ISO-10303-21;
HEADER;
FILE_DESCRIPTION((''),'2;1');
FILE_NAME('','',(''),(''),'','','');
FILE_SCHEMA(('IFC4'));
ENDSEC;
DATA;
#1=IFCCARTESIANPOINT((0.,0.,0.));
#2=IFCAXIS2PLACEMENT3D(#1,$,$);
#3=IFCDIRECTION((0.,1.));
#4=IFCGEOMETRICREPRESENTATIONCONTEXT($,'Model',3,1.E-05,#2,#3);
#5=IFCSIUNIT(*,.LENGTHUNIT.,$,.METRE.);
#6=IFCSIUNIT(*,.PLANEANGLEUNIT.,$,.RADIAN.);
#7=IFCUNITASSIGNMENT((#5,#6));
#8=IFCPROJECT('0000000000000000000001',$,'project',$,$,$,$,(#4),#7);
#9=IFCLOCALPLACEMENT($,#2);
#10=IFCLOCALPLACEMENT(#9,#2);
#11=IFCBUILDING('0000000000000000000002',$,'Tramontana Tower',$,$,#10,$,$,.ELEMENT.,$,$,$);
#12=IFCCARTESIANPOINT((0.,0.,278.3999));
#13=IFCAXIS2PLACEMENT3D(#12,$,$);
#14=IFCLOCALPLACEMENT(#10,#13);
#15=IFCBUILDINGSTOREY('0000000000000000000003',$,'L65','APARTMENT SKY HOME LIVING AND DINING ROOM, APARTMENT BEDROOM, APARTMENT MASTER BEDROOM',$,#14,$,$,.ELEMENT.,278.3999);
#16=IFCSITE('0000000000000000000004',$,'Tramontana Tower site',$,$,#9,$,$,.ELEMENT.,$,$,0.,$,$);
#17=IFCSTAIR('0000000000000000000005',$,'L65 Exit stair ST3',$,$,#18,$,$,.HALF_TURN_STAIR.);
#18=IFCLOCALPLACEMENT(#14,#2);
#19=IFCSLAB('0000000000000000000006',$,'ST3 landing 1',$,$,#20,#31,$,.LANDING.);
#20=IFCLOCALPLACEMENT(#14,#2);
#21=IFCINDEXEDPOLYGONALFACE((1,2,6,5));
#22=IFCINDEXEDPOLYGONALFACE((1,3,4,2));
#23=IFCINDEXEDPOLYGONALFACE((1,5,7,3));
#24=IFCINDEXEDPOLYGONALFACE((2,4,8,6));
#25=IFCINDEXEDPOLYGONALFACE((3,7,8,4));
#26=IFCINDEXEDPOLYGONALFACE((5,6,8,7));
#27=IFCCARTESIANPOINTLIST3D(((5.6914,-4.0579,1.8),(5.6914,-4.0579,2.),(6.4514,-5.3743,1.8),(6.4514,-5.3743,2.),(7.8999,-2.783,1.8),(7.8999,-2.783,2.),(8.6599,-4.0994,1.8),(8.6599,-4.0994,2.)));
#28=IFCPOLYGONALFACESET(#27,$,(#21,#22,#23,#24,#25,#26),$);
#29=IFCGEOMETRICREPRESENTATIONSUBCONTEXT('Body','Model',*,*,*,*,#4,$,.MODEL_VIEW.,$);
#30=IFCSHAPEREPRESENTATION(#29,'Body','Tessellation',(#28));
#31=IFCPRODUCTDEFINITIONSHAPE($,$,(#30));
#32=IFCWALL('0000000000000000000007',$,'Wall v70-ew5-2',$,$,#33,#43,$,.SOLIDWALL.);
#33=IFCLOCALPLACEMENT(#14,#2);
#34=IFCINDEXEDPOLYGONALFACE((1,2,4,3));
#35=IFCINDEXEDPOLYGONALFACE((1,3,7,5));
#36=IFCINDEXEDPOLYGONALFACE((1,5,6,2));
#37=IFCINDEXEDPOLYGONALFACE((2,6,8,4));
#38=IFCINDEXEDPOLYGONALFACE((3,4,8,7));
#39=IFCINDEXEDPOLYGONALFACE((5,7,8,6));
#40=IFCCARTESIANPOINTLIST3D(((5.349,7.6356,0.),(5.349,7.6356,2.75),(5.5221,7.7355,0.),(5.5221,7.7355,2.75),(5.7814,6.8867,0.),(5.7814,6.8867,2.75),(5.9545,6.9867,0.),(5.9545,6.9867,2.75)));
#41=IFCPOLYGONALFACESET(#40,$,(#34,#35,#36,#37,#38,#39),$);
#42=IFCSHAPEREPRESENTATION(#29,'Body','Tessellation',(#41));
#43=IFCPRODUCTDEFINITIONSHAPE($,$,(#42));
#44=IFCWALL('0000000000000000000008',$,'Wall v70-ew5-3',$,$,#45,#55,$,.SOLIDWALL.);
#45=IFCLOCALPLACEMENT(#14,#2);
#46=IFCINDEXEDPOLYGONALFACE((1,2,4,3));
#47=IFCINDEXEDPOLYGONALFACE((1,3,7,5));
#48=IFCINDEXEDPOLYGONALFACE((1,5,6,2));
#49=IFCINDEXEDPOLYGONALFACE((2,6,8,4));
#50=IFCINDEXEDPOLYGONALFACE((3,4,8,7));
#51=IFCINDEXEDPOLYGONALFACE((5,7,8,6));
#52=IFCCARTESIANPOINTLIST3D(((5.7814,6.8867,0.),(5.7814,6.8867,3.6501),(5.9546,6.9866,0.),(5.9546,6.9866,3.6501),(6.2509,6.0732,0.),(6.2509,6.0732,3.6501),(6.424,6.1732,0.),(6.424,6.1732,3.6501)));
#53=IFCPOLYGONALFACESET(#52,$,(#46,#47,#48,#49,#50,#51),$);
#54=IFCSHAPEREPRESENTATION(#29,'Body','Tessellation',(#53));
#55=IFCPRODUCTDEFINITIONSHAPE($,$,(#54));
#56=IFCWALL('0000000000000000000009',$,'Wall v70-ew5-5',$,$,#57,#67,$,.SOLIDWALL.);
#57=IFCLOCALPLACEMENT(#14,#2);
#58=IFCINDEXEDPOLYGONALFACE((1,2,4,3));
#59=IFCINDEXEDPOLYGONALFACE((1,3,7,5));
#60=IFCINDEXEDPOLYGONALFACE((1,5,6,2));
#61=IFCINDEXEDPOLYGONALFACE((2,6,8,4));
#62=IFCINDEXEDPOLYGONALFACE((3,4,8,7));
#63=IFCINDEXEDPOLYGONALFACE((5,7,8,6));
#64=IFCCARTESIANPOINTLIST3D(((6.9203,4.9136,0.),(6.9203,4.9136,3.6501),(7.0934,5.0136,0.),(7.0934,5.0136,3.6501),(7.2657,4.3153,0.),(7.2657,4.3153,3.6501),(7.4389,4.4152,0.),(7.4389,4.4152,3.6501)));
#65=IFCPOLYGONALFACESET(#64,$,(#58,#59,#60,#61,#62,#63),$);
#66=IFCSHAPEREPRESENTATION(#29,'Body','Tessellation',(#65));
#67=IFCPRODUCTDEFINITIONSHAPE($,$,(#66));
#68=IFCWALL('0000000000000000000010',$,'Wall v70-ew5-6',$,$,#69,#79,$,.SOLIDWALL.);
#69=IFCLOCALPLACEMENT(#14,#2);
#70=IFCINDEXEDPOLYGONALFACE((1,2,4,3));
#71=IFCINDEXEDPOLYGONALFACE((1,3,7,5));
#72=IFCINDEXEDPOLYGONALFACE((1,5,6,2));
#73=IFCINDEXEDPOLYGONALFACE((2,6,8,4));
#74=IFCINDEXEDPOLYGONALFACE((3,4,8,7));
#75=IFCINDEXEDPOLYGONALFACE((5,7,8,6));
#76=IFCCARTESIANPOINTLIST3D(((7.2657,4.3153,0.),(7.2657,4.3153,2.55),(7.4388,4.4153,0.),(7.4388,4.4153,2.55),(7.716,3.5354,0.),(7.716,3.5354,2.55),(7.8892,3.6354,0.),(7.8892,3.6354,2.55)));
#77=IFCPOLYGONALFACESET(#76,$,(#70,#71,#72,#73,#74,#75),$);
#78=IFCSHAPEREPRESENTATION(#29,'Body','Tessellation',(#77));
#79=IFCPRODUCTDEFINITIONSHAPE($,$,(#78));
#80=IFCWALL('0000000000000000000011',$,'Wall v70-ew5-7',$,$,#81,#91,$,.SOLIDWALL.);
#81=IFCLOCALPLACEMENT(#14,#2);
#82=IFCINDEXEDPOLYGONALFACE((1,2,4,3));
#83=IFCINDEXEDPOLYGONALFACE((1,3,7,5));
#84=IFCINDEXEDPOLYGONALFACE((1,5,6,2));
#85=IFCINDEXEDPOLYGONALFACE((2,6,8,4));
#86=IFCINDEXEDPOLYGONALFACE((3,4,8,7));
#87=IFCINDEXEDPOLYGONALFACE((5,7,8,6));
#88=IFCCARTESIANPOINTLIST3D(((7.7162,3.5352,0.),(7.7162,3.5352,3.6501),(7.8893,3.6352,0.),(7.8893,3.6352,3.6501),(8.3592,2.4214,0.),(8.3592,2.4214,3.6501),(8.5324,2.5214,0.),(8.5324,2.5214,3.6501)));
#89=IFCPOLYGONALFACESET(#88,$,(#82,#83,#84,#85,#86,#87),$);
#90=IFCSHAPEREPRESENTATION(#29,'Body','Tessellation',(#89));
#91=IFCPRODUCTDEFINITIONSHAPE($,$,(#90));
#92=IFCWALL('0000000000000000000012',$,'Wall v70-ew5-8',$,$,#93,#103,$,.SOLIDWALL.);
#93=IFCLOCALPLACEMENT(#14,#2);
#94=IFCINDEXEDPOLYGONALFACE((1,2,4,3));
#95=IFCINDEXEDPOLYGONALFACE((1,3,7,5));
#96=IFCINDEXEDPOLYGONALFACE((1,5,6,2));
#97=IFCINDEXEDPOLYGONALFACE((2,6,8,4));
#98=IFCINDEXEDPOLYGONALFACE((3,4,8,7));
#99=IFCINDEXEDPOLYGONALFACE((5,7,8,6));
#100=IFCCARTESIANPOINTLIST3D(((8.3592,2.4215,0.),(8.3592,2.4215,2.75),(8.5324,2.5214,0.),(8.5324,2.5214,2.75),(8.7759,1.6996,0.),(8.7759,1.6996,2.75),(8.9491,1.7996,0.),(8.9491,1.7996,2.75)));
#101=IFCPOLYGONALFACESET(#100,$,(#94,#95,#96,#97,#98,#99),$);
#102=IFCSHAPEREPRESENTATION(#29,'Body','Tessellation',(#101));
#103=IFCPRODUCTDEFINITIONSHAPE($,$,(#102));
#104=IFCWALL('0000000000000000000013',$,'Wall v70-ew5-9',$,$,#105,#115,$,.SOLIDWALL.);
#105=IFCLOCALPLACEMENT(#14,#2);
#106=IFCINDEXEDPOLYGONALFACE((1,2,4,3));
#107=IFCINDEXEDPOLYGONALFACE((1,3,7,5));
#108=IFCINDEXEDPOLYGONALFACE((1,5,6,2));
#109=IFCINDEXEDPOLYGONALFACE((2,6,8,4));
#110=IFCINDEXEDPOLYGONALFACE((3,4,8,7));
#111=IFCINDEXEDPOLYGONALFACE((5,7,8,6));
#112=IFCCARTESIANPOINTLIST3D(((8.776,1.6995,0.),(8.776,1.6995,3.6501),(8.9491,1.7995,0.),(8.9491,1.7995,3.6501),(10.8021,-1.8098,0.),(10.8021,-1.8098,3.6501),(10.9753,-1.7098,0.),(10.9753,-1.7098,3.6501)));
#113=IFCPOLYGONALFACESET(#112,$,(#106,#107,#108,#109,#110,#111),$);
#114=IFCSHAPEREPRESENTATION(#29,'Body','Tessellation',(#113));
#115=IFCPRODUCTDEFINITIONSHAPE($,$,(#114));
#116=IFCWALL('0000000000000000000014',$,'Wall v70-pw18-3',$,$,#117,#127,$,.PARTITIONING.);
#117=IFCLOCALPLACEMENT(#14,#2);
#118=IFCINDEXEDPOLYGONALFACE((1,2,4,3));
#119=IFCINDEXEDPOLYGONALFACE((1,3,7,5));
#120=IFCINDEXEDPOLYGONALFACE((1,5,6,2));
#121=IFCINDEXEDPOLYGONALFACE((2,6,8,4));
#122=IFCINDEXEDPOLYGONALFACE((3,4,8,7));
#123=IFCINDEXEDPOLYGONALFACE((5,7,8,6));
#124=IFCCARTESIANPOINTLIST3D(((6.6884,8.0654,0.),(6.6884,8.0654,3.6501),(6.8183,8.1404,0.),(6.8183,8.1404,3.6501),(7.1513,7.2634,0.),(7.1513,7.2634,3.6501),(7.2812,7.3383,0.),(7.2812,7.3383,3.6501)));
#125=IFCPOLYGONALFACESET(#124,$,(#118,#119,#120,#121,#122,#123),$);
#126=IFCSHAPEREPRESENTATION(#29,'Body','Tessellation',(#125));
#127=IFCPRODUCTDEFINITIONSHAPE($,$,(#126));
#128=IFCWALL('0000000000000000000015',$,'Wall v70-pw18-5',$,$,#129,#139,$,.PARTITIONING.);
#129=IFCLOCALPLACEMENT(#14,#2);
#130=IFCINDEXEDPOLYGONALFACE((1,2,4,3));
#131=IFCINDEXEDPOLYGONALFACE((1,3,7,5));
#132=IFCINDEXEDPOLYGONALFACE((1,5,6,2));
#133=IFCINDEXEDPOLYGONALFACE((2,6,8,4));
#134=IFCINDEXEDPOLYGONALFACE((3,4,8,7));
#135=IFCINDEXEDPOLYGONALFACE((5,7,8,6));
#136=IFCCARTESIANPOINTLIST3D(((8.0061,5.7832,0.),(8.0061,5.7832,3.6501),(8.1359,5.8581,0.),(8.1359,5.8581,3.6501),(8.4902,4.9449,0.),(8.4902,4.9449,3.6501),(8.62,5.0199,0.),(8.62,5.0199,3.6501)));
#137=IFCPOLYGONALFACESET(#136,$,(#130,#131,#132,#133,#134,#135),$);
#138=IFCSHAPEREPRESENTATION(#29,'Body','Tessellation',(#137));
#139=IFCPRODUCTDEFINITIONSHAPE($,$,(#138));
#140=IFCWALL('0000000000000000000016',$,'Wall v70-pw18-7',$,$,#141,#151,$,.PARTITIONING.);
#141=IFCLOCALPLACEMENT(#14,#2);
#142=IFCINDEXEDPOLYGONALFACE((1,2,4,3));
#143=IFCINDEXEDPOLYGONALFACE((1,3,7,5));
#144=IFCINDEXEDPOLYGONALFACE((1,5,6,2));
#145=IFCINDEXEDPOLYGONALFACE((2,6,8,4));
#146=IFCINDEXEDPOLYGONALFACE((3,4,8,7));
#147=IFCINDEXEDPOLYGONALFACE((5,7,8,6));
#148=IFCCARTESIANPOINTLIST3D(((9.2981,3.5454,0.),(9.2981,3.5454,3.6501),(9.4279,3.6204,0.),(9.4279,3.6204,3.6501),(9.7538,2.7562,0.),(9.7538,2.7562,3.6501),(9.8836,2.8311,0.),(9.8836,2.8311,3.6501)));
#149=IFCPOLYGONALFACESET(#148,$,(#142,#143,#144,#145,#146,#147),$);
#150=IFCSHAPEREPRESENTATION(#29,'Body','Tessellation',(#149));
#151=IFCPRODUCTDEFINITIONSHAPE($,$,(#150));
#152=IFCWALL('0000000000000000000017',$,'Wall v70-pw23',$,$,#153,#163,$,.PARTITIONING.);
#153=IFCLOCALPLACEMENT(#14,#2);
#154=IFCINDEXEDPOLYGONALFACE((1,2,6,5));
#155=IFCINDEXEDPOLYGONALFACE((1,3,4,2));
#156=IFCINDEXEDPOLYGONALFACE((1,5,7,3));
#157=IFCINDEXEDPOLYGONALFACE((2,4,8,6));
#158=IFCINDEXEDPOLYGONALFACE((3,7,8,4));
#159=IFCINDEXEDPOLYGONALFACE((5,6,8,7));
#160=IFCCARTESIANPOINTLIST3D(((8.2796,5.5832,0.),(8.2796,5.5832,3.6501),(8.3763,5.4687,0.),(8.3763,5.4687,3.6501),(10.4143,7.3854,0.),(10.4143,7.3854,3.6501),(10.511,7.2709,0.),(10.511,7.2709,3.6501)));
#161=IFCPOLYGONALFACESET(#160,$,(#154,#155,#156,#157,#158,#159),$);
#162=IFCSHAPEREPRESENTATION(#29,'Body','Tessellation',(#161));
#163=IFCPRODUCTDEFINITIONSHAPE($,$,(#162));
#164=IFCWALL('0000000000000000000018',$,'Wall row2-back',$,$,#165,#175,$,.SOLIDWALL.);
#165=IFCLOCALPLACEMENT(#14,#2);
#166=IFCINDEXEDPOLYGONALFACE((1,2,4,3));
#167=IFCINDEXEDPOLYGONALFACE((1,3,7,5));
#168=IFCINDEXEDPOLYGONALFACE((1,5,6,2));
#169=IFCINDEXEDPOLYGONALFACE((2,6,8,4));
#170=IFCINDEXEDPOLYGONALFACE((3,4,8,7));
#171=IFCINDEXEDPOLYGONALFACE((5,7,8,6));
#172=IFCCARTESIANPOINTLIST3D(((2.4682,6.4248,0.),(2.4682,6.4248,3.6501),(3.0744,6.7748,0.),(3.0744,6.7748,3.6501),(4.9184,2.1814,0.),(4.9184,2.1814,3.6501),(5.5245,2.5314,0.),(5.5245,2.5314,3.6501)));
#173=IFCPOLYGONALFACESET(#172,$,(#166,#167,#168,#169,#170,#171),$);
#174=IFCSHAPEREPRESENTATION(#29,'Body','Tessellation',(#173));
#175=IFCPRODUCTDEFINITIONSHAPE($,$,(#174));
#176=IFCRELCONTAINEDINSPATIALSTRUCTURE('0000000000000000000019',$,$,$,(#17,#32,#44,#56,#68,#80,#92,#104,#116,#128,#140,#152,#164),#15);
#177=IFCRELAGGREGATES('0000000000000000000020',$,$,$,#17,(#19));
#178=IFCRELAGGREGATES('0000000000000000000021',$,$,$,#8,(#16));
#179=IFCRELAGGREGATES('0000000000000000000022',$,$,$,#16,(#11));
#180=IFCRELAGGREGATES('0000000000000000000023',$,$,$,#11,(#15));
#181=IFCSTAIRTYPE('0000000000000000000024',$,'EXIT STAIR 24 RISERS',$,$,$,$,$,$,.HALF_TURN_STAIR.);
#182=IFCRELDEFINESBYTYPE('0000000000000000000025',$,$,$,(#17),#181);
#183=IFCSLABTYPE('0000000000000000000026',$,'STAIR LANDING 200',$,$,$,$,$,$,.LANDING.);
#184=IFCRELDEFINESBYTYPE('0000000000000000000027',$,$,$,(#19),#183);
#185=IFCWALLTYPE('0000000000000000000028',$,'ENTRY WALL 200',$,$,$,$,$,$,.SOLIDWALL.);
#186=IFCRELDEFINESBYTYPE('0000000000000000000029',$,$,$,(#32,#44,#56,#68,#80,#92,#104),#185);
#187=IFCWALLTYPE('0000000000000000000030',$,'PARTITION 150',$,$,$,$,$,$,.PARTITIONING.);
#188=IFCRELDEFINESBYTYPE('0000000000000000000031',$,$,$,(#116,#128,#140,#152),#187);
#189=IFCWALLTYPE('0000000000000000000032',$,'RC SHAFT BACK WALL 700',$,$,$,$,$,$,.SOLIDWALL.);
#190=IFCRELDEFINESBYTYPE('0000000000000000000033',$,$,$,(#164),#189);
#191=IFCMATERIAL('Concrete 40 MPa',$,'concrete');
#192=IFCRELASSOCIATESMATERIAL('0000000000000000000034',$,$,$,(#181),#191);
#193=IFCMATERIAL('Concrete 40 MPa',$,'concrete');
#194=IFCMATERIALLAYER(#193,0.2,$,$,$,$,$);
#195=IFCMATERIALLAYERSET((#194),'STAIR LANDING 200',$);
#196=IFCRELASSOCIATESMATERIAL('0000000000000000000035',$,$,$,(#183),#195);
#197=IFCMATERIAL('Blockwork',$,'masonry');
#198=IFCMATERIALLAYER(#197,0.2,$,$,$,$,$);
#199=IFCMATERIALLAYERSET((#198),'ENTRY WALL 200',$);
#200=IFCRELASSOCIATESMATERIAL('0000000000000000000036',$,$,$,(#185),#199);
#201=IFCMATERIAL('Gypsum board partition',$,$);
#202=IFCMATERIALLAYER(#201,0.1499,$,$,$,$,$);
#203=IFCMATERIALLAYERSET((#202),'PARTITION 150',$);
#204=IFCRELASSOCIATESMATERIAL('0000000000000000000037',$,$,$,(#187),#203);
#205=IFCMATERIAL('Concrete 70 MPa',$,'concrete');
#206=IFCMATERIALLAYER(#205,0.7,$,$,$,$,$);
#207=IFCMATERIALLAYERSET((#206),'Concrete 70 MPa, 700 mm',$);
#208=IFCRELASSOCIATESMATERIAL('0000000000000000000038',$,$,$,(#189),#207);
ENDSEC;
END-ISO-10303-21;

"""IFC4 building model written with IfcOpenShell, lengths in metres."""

from ifc_helpers import new_model, si_unit, direction, frame, frame_2d, origin, place, context, subcontext, project, spatial, polyline, rectangle, outline, extrude, material, layer, layer_set, type_object, element, aggregate, save


model = new_model("IFC4")

# Units and contexts
model_context = context("Model", 3, precision=1e-05, world=origin(), true_north=direction((0.0, 1.0)))
body_context = subcontext(model_context, "Body", "Model", "MODEL_VIEW")
ifc_project = project(units=[si_unit("LENGTHUNIT", "METRE"), si_unit("PLANEANGLEUNIT", "RADIAN")], contexts=[model_context])

# Site, building, storey
site_placement = place(None, origin())
site = spatial("IfcSite", under=ifc_project, at=site_placement, Name="Tramontana Tower site", CompositionType="ELEMENT", RefElevation=0.0)
building_placement = place(site_placement, origin())
building = spatial("IfcBuilding", under=site, at=building_placement, Name="Tramontana Tower", CompositionType="ELEMENT")
storey_placement = place(building_placement, frame((0.0, 0.0, 278.3999)))
storey = spatial("IfcBuildingStorey", under=building, at=storey_placement, Name="L65", Description="APARTMENT SKY HOME LIVING AND DINING ROOM, APARTMENT BEDROOM, APARTMENT MASTER BEDROOM", CompositionType="ELEMENT", Elevation=278.3999)

# Stair, slab
ifc_material_1 = material(Name="Concrete 40 MPa", Category="concrete")
stair_type = type_object("IfcStairType", Name="EXIT STAIR 24 RISERS", PredefinedType="HALF_TURN_STAIR", material=ifc_material_1)
stair_placement = place(storey_placement, origin())
stair = element("IfcStair", 1, at=stair_placement, inside=storey, type_object=stair_type, Name="L65 Exit stair ST3", PredefinedType="HALF_TURN_STAIR")
ifc_material_2 = material(Name="Concrete 40 MPa", Category="concrete")
ifc_layer_1 = layer(ifc_material_2, 0.2)
ifc_layer_set_1 = layer_set([ifc_layer_1], Name="STAIR LANDING 200")
slab_type = type_object("IfcSlabType", Name="STAIR LANDING 200", PredefinedType="LANDING", material=ifc_layer_set_1)
slab_placement = place(storey_placement, frame((0.0, 0.0, 1.8)))
slab = element("IfcSlab", 2, at=slab_placement, type_object=slab_type, Name="ST3 landing 1", PredefinedType="LANDING", context=body_context, shape_type="SweptSolid", body=[
    extrude(outline(polyline([(5.6914, -4.0579), (6.4514, -5.3743), (8.6599, -4.0994), (7.8999, -2.783), (5.6914, -4.0579)])), origin(), (0.0, 0.0, 1.0), 0.2),
])
aggregate(stair, [slab])

# Walls
ifc_material_3 = material(Name="Blockwork", Category="masonry")
ifc_layer_2 = layer(ifc_material_3, 0.2)
ifc_layer_set_2 = layer_set([ifc_layer_2], Name="ENTRY WALL 200")
wall_type_1 = type_object("IfcWallType", Name="ENTRY WALL 200", PredefinedType="SOLIDWALL", material=ifc_layer_set_2)
wall_1_placement = place(storey_placement, frame((5.4355, 7.6855, 0.0), z_axis=(0.0, 0.0, 1.0), x_axis=(0.500056, -0.865993, 0.0)))
element("IfcWall", 3, at=wall_1_placement, inside=storey, type_object=wall_type_1, Name="Wall v70-ew5-2", PredefinedType="SOLIDWALL", context=body_context, shape_type="SweptSolid", body=[
    extrude(rectangle(XDim=0.8647, YDim=0.2, at=frame_2d((0.4324, 0.0))), origin(), (0.0, 0.0, 1.0), 2.75),
])
wall_2_placement = place(storey_placement, frame((5.8679, 6.9368, 0.0), z_axis=(0.0, 0.0, 1.0), x_axis=(0.499857, -0.866108, 0.0)))
element("IfcWall", 4, at=wall_2_placement, inside=storey, type_object=wall_type_1, Name="Wall v70-ew5-3", PredefinedType="SOLIDWALL", context=body_context, shape_type="SweptSolid", body=[
    extrude(rectangle(XDim=0.9392, YDim=0.2, at=frame_2d((0.4697, 0.0))), origin(), (0.0, 0.0, 1.0), 3.6501),
])

# Walls
wall_3_placement = place(storey_placement, frame((7.0068, 4.9636, 0.0), z_axis=(0.0, 0.0, 1.0), x_axis=(0.499977, -0.866038, 0.0)))
element("IfcWall", 5, at=wall_3_placement, inside=storey, type_object=wall_type_1, Name="Wall v70-ew5-5", PredefinedType="SOLIDWALL", context=body_context, shape_type="SweptSolid", body=[
    extrude(rectangle(XDim=0.6909, YDim=0.2, at=frame_2d((0.3455, 0.0))), origin(), (0.0, 0.0, 1.0), 3.6501),
])
wall_4_placement = place(storey_placement, frame((7.3523, 4.3652, 0.0), z_axis=(0.0, 0.0, 1.0), x_axis=(0.500074, -0.865982, 0.0)))
element("IfcWall", 6, at=wall_4_placement, inside=storey, type_object=wall_type_1, Name="Wall v70-ew5-6", PredefinedType="SOLIDWALL", context=body_context, shape_type="SweptSolid", body=[
    extrude(rectangle(XDim=0.9006, YDim=0.2, at=frame_2d((0.4502, 0.0))), origin(), (0.0, 0.0, 1.0), 2.55),
])
wall_5_placement = place(storey_placement, frame((7.8027, 3.5852, 0.0), z_axis=(0.0, 0.0, 1.0), x_axis=(0.500018, -0.866015, 0.0)))
element("IfcWall", 7, at=wall_5_placement, inside=storey, type_object=wall_type_1, Name="Wall v70-ew5-7", PredefinedType="SOLIDWALL", context=body_context, shape_type="SweptSolid", body=[
    extrude(rectangle(XDim=1.2861, YDim=0.2, at=frame_2d((0.6431, 0.0))), origin(), (0.0, 0.0, 1.0), 3.6501),
])
wall_6_placement = place(storey_placement, frame((8.4458, 2.4714, 0.0), z_axis=(0.0, 0.0, 1.0), x_axis=(0.499951, -0.866054, 0.0)))
element("IfcWall", 8, at=wall_6_placement, inside=storey, type_object=wall_type_1, Name="Wall v70-ew5-8", PredefinedType="SOLIDWALL", context=body_context, shape_type="SweptSolid", body=[
    extrude(rectangle(XDim=0.8335, YDim=0.2, at=frame_2d((0.4167, 0.0))), origin(), (0.0, 0.0, 1.0), 2.75),
])
wall_7_placement = place(storey_placement, frame((8.8625, 1.7495, 0.0), z_axis=(0.0, 0.0, 1.0), x_axis=(0.500008, -0.866021, 0.0)))
element("IfcWall", 9, at=wall_7_placement, inside=storey, type_object=wall_type_1, Name="Wall v70-ew5-9", PredefinedType="SOLIDWALL", context=body_context, shape_type="SweptSolid", body=[
    extrude(rectangle(XDim=4.0522, YDim=0.2, at=frame_2d((2.0261, 0.0))), origin(), (0.0, 0.0, 1.0), 3.6501),
])
ifc_material_4 = material(Name="Gypsum board partition")
ifc_layer_3 = layer(ifc_material_4, 0.1499)
ifc_layer_set_3 = layer_set([ifc_layer_3], Name="PARTITION 150")
wall_type_2 = type_object("IfcWallType", Name="PARTITION 150", PredefinedType="PARTITIONING", material=ifc_layer_set_3)
wall_8_placement = place(storey_placement, frame((6.7534, 8.1028, 0.0), z_axis=(0.0, 0.0, 1.0), x_axis=(0.499882, -0.866093, 0.0)))
element("IfcWall", 10, at=wall_8_placement, inside=storey, type_object=wall_type_2, Name="Wall v70-pw18-3", PredefinedType="PARTITIONING", context=body_context, shape_type="SweptSolid", body=[
    extrude(rectangle(XDim=0.926, YDim=0.1499, at=frame_2d((0.4629, 0.0))), origin(), (0.0, 0.0, 1.0), 3.6501),
])

# Wall
wall_9_placement = place(storey_placement, frame((8.071, 5.8206, 0.0), z_axis=(0.0, 0.0, 1.0), x_axis=(0.500072, -0.865984, 0.0)))
element("IfcWall", 11, at=wall_9_placement, inside=storey, type_object=wall_type_2, Name="Wall v70-pw18-5", PredefinedType="PARTITIONING", context=body_context, shape_type="SweptSolid", body=[
    extrude(rectangle(XDim=0.968, YDim=0.1499, at=frame_2d((0.4839, 0.0))), origin(), (0.0, 0.0, 1.0), 3.6501),
])

# Walls
wall_10_placement = place(storey_placement, frame((9.363, 3.5828, 0.0), z_axis=(0.0, 0.0, 1.0), x_axis=(0.500086, -0.865976, 0.0)))
element("IfcWall", 12, at=wall_10_placement, inside=storey, type_object=wall_type_2, Name="Wall v70-pw18-7", PredefinedType="PARTITIONING", context=body_context, shape_type="SweptSolid", body=[
    extrude(rectangle(XDim=0.9114, YDim=0.1499, at=frame_2d((0.4556, 0.0))), origin(), (0.0, 0.0, 1.0), 3.6501),
])
wall_11_placement = place(storey_placement, frame((8.3279, 5.5259, 0.0), z_axis=(0.0, 0.0, 1.0), x_axis=(0.764108, 0.645088, 0.0)))
element("IfcWall", 13, at=wall_11_placement, inside=storey, type_object=wall_type_2, Name="Wall v70-pw23", PredefinedType="PARTITIONING", context=body_context, shape_type="SweptSolid", body=[
    extrude(rectangle(XDim=2.7937, YDim=0.1499, at=frame_2d((1.397, 0.0))), origin(), (0.0, 0.0, 1.0), 3.6501),
])
ifc_material_5 = material(Name="Concrete 70 MPa", Category="concrete")
ifc_layer_4 = layer(ifc_material_5, 0.7)
ifc_layer_set_4 = layer_set([ifc_layer_4], Name="Concrete 70 MPa, 700 mm")
wall_type_3 = type_object("IfcWallType", Name="RC SHAFT BACK WALL 700", PredefinedType="SOLIDWALL", material=ifc_layer_set_4)
wall_12_placement = place(storey_placement, frame((5.2214, 2.3564, 0.0), z_axis=(0.0, 0.0, 1.0), x_axis=(-0.50004, 0.866002, 0.0)))
element("IfcWall", 14, at=wall_12_placement, inside=storey, type_object=wall_type_3, Name="Wall row2-back", PredefinedType="SOLIDWALL", context=body_context, shape_type="SweptSolid", body=[
    extrude(rectangle(XDim=4.8999, YDim=0.7, at=frame_2d((2.45, 0.0))), origin(), (0.0, 0.0, 1.0), 3.6501),
])

save(model, "model.ifc")
